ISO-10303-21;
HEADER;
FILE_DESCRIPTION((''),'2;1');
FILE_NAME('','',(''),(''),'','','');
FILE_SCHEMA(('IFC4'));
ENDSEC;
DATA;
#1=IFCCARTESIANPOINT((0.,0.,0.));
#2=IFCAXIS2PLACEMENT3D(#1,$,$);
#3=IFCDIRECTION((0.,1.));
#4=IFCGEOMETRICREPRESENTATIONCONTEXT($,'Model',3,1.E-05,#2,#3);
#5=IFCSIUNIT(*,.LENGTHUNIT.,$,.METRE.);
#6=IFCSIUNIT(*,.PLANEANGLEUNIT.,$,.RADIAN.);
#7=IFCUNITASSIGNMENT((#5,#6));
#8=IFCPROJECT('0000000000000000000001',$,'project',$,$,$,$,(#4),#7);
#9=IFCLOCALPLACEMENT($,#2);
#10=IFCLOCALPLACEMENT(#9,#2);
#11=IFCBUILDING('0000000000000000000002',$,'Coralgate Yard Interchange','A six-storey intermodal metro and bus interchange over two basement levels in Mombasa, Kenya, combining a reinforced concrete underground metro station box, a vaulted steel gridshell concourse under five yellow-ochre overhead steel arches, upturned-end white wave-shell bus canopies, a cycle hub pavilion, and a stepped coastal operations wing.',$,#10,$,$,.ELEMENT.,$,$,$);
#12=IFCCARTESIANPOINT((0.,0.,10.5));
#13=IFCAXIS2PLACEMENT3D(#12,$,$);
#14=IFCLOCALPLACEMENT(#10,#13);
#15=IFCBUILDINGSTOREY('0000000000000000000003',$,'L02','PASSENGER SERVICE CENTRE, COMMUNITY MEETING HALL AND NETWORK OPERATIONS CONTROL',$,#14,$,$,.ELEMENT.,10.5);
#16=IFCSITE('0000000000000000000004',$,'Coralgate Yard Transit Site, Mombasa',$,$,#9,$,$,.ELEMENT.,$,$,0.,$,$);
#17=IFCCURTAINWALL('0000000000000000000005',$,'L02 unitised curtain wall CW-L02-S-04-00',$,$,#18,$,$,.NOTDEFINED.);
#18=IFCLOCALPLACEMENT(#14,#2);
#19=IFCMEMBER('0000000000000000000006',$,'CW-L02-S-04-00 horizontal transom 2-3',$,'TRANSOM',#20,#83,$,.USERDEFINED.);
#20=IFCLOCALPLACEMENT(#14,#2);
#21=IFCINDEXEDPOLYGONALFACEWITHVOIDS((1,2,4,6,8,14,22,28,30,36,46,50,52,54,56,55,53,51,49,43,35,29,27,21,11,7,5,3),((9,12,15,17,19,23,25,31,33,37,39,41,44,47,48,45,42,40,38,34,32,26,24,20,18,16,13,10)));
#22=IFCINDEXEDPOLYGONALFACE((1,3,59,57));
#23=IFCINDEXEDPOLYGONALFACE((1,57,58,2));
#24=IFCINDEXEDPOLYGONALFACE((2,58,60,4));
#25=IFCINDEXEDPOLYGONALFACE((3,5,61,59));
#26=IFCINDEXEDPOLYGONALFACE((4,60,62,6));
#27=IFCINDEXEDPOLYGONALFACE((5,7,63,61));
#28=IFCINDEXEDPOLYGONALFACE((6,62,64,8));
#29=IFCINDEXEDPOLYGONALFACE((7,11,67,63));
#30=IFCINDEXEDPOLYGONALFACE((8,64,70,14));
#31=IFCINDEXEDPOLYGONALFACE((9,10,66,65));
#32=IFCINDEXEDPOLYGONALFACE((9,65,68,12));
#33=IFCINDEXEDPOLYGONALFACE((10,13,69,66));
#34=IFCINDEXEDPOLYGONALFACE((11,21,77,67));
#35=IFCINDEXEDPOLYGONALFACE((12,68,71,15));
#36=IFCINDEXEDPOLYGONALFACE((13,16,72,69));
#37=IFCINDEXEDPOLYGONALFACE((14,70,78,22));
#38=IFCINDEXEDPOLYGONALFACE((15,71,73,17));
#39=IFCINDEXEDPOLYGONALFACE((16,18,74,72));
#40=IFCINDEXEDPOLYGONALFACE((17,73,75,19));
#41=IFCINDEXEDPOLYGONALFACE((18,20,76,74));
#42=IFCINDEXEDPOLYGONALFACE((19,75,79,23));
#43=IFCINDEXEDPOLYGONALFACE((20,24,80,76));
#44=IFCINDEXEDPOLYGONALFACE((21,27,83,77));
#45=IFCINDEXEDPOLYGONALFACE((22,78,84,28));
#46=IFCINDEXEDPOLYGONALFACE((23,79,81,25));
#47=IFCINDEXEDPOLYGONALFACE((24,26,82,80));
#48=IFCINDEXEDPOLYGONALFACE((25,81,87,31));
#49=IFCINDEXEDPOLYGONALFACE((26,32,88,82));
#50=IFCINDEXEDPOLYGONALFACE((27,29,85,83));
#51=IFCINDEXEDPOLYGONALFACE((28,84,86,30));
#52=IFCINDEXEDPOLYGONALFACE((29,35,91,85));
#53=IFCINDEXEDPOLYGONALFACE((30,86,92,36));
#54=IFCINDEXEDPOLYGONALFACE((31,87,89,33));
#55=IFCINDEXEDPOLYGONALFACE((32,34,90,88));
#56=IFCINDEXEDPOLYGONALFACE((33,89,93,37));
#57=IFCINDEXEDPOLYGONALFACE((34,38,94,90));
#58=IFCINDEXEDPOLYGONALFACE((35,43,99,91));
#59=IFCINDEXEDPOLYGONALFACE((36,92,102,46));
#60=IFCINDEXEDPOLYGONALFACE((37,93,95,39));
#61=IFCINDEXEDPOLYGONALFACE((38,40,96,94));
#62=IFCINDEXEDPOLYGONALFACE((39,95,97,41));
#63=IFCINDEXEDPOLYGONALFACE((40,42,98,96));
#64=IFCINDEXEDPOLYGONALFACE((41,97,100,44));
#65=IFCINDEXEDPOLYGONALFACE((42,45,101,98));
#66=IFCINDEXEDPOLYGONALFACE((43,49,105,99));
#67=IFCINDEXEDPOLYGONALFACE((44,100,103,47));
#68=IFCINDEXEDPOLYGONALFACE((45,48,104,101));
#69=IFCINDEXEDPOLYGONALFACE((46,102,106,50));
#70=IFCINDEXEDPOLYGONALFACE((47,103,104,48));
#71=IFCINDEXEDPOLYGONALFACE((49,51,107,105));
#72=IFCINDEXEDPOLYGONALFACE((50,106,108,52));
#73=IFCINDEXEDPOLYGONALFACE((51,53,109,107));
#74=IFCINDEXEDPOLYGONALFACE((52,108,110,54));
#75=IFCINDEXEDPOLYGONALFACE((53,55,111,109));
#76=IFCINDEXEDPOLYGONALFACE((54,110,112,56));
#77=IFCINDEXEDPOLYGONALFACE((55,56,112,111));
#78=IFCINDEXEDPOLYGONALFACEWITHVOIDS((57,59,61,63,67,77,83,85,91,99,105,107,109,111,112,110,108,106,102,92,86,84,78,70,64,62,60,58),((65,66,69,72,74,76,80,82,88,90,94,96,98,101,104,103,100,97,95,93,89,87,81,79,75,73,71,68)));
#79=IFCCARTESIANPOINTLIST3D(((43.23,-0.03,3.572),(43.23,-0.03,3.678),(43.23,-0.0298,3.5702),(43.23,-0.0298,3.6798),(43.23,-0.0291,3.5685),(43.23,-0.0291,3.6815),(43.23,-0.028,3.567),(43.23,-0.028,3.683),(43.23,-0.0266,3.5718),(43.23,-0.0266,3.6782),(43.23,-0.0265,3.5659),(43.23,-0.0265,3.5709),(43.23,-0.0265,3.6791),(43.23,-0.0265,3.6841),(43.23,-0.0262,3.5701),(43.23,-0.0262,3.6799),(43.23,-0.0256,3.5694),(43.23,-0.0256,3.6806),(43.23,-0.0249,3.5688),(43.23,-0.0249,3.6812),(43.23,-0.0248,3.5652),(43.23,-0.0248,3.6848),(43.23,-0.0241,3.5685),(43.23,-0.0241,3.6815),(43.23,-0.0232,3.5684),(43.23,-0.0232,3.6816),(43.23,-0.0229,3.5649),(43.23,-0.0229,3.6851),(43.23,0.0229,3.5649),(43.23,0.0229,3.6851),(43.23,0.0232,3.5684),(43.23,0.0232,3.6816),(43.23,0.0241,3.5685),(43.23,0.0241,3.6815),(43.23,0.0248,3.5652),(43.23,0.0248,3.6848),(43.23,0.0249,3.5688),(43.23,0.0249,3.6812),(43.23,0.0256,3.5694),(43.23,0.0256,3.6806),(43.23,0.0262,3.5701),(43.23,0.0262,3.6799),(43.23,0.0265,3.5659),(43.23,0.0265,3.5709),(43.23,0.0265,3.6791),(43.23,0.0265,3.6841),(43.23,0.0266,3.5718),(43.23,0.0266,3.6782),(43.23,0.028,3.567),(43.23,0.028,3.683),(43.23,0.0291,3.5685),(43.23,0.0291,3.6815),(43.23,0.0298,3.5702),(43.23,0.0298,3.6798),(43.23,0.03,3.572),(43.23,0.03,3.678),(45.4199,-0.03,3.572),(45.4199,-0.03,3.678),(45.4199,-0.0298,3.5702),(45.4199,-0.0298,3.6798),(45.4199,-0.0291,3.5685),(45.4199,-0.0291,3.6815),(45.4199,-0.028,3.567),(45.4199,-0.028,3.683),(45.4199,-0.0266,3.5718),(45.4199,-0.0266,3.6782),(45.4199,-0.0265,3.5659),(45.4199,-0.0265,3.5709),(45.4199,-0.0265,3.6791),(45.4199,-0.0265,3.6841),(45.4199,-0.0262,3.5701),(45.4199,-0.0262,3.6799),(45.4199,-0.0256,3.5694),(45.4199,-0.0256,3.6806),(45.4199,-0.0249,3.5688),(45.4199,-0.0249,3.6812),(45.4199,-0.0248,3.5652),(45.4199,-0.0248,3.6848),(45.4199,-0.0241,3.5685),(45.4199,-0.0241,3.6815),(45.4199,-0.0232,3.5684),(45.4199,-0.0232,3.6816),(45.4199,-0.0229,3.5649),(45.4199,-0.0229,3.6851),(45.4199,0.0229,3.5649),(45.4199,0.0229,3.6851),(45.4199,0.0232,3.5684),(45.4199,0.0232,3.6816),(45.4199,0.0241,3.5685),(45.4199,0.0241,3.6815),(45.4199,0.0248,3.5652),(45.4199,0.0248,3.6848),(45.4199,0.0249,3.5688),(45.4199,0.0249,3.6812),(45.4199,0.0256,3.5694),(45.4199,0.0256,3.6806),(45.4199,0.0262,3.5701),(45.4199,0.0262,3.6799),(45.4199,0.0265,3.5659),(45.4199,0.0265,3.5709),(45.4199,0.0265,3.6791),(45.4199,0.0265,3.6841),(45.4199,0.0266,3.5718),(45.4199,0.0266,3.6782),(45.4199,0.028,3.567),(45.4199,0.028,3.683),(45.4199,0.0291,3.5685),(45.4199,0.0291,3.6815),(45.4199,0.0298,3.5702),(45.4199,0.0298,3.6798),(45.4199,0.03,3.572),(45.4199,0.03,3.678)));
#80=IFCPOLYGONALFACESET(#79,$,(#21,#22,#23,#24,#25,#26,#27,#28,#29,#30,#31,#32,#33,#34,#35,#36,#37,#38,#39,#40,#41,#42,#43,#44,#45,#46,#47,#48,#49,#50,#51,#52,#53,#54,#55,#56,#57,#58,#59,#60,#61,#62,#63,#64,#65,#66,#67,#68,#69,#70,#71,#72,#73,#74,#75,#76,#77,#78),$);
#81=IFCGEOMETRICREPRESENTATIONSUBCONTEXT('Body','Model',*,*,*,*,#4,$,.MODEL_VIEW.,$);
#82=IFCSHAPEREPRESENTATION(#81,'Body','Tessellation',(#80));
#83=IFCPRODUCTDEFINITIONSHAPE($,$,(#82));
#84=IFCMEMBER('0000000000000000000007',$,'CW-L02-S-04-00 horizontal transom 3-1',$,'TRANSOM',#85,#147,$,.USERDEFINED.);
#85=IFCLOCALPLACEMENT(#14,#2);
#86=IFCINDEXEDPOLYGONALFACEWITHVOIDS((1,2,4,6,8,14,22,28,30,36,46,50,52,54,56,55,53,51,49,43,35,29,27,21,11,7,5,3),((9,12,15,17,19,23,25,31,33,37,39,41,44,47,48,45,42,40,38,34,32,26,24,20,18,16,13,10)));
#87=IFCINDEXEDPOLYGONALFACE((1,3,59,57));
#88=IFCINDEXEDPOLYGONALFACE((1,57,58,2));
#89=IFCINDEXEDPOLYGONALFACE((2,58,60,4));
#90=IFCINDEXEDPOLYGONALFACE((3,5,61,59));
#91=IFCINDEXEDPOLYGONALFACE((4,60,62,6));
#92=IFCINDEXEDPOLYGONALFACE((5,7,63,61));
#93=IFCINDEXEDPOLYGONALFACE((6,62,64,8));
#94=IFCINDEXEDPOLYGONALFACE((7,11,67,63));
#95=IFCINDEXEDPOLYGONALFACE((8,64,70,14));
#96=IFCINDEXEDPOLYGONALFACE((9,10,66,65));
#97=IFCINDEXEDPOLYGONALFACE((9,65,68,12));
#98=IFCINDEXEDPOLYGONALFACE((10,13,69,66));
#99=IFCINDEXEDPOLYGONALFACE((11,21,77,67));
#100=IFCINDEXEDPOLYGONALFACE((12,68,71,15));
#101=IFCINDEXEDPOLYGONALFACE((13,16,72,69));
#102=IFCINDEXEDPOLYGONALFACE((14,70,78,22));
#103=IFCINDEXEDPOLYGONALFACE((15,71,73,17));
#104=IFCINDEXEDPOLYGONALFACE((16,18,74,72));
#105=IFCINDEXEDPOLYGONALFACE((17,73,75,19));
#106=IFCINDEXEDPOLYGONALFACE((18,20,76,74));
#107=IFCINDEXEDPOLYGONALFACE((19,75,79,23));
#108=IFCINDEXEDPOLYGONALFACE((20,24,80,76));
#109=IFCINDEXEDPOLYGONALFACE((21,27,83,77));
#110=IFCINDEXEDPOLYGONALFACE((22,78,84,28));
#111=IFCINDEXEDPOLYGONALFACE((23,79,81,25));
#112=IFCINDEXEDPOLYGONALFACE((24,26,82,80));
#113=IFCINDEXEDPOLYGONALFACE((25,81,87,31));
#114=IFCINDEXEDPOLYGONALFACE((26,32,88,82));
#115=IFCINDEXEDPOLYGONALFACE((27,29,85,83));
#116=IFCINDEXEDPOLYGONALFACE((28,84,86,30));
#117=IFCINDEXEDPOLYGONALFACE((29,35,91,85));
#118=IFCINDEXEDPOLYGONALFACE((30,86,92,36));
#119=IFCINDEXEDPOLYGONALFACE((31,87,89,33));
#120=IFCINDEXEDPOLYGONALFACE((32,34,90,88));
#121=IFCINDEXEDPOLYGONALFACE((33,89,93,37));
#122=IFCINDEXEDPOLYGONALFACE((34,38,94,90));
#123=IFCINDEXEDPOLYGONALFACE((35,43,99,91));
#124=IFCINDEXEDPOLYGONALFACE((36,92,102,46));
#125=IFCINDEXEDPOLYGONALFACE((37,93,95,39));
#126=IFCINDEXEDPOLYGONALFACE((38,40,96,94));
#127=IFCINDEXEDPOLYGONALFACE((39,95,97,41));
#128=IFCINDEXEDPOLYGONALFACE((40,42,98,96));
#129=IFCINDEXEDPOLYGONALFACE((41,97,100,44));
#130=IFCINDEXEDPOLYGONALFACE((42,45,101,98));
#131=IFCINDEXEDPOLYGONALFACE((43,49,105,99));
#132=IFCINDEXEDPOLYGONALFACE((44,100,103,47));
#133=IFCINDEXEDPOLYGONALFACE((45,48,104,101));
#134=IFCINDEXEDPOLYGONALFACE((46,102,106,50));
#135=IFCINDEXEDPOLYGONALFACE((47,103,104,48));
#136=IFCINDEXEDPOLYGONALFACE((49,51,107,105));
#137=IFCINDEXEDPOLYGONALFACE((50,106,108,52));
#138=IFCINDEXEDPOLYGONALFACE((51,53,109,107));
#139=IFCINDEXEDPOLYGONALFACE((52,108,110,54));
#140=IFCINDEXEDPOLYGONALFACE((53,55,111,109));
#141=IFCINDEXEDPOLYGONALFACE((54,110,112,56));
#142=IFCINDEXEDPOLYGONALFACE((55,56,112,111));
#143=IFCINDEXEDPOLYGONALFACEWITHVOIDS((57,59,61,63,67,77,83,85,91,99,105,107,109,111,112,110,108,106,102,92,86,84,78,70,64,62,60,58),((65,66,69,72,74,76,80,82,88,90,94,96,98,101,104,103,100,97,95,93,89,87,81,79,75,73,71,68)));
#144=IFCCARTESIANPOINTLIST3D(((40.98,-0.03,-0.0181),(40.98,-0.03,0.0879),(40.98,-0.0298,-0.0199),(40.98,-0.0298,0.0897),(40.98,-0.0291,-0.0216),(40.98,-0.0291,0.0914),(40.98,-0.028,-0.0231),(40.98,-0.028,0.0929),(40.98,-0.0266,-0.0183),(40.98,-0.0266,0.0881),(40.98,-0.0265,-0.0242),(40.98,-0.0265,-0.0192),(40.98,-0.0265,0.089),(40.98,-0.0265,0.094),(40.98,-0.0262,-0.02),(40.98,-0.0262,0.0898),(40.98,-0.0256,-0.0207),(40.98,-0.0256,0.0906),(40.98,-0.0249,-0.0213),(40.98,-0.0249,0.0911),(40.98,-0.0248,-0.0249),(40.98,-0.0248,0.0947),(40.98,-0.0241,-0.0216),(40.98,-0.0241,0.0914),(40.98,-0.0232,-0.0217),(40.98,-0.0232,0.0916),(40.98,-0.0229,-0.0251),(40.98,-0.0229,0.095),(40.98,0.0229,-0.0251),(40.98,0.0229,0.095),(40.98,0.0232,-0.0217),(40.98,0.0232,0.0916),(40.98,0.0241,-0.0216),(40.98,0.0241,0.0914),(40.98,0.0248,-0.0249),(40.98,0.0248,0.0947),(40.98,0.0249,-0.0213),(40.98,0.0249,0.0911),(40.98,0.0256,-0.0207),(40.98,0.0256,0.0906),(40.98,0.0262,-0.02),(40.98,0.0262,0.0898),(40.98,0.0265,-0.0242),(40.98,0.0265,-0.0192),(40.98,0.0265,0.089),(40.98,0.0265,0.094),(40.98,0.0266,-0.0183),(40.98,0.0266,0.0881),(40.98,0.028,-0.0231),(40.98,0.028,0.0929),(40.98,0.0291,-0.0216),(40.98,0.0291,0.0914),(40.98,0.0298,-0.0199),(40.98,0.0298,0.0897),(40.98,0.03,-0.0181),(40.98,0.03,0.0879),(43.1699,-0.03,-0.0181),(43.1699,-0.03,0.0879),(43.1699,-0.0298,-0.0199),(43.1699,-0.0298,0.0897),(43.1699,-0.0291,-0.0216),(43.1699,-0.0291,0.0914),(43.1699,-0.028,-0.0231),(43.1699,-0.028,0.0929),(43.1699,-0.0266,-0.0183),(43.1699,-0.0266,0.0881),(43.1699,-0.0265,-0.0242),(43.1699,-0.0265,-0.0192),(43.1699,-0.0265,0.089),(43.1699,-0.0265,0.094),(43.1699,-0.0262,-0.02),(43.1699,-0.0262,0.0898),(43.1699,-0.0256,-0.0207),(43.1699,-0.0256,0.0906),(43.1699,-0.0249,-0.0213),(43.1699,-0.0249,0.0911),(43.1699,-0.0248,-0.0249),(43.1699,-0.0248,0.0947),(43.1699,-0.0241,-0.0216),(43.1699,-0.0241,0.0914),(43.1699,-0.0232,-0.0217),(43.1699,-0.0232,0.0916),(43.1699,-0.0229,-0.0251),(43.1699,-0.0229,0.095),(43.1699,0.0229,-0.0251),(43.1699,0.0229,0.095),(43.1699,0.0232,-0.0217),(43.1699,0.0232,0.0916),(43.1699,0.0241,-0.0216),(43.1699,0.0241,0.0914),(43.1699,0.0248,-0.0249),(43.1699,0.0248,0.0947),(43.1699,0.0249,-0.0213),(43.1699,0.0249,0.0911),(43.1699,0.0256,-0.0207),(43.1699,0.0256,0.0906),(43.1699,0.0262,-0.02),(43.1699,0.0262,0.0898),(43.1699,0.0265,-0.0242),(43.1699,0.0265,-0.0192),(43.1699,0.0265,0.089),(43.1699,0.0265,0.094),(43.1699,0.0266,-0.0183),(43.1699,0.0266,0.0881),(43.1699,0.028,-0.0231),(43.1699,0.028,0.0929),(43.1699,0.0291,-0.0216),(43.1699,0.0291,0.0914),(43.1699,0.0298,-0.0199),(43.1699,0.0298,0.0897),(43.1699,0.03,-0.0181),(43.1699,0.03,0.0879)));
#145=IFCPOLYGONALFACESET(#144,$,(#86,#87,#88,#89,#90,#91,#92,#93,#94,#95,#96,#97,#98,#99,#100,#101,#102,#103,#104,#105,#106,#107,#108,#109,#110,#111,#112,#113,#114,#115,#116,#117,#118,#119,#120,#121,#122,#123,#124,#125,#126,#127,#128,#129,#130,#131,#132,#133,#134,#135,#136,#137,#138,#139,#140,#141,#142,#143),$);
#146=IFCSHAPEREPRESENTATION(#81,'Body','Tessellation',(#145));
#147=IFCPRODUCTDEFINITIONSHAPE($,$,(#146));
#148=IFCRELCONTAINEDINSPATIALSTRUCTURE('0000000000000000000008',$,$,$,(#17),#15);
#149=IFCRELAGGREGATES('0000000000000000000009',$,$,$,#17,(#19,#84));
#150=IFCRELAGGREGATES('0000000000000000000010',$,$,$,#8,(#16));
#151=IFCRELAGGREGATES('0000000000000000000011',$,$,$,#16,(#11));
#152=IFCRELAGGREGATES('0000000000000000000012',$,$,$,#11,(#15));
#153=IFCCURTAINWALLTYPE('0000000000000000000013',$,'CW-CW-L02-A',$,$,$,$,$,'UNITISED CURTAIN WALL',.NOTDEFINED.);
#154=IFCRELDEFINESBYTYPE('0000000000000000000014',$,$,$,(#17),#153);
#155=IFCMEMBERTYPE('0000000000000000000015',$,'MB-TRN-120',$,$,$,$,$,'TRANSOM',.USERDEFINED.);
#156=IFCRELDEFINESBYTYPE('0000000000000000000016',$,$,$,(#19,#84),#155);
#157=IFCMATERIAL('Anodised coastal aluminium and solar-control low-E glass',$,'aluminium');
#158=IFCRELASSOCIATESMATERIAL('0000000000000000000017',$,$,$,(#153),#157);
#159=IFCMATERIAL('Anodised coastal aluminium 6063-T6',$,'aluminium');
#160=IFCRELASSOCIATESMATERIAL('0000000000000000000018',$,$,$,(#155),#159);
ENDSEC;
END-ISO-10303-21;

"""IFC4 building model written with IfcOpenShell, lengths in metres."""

from ifc_helpers import new_model, si_unit, direction, frame, origin, origin_2d, place, context, subcontext, project, spatial, hollow_rectangle, extrude, material, material_profile, profile_set, type_object, element, aggregate, save


model = new_model("IFC4")

# Units and contexts
model_context = context("Model", 3, precision=1e-05, world=origin(), true_north=direction((0.0, 1.0)))
body_context = subcontext(model_context, "Body", "Model", "MODEL_VIEW")
ifc_project = project(units=[si_unit("LENGTHUNIT", "METRE"), si_unit("PLANEANGLEUNIT", "RADIAN")], contexts=[model_context])

# Site, building, storey
site_placement = place(None, origin())
site = spatial("IfcSite", under=ifc_project, at=site_placement, Name="Coralgate Yard Transit Site, Mombasa", CompositionType="ELEMENT", RefElevation=0.0)
building_placement = place(site_placement, origin())
building = spatial("IfcBuilding", under=site, at=building_placement, Name="Coralgate Yard Interchange", Description="A six-storey intermodal metro and bus interchange over two basement levels in Mombasa, Kenya, combining a reinforced concrete underground metro station box, a vaulted steel gridshell concourse under five yellow-ochre overhead steel arches, upturned-end white wave-shell bus canopies, a cycle hub pavilion, and a stepped coastal operations wing.", CompositionType="ELEMENT")
storey_placement = place(building_placement, frame((0.0, 0.0, 10.5)))
storey = spatial("IfcBuildingStorey", under=building, at=storey_placement, Name="L02", Description="PASSENGER SERVICE CENTRE, COMMUNITY MEETING HALL AND NETWORK OPERATIONS CONTROL", CompositionType="ELEMENT", Elevation=10.5)

# Shared definitions
ifc_material_1 = material(Name="Anodised coastal aluminium and solar-control low-E glass", Category="aluminium")
curtain_wall_type = type_object("IfcCurtainWallType", Name="CW-CW-L02-A", ElementType="UNITISED CURTAIN WALL", PredefinedType="NOTDEFINED", material=ifc_material_1)
ifc_material_2 = material(Name="Anodised coastal aluminium 6063-T6", Category="aluminium")

# Curtain wall
curtain_wall_1_placement = place(storey_placement, origin())
curtain_wall_1 = element("IfcCurtainWall", 1, at=curtain_wall_1_placement, inside=storey, type_object=curtain_wall_type, Name="L02 unitised curtain wall CW-L02-S-04-00", PredefinedType="NOTDEFINED")

# Members
ifc_material_profile_1 = material_profile(ifc_material_2, hollow_rectangle(XDim=0.0601, YDim=0.1201, WallThickness=0.0034, InnerFilletRadius=0.0034, OuterFilletRadius=0.0071, at=origin_2d()), Name="ALU 60x120x3.5")
ifc_profile_set_1 = profile_set([ifc_material_profile_1], Name="Anodised coastal aluminium 6063-T6")
member_type_1 = type_object("IfcMemberType", Name="MB-TRN-120", ElementType="TRANSOM", PredefinedType="USERDEFINED", material=ifc_profile_set_1)
member_1_placement = place(storey_placement, frame((45.4199, 0.0, 3.625), z_axis=(-1.0, 0.0, 0.0), x_axis=(0.0, -1.0, 0.0)))
member_1 = element("IfcMember", 2, at=member_1_placement, type_object=member_type_1, Name="CW-L02-S-04-00 horizontal transom 2-3", ObjectType="TRANSOM", PredefinedType="USERDEFINED", context=body_context, shape_type="SweptSolid", body=[
    extrude(hollow_rectangle(XDim=0.0601, YDim=0.1201, WallThickness=0.0034, InnerFilletRadius=0.0034, OuterFilletRadius=0.0071, at=origin_2d()), origin(), (0.0, 0.0, 1.0), 2.1899),
])
member_2_placement = place(storey_placement, frame((43.1699, 0.0, 0.0349), z_axis=(-1.0, 0.0, 0.0), x_axis=(0.0, -1.0, 0.0)))
member_2 = element("IfcMember", 3, at=member_2_placement, type_object=member_type_1, Name="CW-L02-S-04-00 horizontal transom 3-1", ObjectType="TRANSOM", PredefinedType="USERDEFINED", context=body_context, shape_type="SweptSolid", body=[
    extrude(hollow_rectangle(XDim=0.0601, YDim=0.1201, WallThickness=0.0034, InnerFilletRadius=0.0034, OuterFilletRadius=0.0071, at=origin_2d()), origin(), (0.0, 0.0, 1.0), 2.1899),
])

aggregate(curtain_wall_1, [member_1, member_2])

save(model, "model.ifc")
